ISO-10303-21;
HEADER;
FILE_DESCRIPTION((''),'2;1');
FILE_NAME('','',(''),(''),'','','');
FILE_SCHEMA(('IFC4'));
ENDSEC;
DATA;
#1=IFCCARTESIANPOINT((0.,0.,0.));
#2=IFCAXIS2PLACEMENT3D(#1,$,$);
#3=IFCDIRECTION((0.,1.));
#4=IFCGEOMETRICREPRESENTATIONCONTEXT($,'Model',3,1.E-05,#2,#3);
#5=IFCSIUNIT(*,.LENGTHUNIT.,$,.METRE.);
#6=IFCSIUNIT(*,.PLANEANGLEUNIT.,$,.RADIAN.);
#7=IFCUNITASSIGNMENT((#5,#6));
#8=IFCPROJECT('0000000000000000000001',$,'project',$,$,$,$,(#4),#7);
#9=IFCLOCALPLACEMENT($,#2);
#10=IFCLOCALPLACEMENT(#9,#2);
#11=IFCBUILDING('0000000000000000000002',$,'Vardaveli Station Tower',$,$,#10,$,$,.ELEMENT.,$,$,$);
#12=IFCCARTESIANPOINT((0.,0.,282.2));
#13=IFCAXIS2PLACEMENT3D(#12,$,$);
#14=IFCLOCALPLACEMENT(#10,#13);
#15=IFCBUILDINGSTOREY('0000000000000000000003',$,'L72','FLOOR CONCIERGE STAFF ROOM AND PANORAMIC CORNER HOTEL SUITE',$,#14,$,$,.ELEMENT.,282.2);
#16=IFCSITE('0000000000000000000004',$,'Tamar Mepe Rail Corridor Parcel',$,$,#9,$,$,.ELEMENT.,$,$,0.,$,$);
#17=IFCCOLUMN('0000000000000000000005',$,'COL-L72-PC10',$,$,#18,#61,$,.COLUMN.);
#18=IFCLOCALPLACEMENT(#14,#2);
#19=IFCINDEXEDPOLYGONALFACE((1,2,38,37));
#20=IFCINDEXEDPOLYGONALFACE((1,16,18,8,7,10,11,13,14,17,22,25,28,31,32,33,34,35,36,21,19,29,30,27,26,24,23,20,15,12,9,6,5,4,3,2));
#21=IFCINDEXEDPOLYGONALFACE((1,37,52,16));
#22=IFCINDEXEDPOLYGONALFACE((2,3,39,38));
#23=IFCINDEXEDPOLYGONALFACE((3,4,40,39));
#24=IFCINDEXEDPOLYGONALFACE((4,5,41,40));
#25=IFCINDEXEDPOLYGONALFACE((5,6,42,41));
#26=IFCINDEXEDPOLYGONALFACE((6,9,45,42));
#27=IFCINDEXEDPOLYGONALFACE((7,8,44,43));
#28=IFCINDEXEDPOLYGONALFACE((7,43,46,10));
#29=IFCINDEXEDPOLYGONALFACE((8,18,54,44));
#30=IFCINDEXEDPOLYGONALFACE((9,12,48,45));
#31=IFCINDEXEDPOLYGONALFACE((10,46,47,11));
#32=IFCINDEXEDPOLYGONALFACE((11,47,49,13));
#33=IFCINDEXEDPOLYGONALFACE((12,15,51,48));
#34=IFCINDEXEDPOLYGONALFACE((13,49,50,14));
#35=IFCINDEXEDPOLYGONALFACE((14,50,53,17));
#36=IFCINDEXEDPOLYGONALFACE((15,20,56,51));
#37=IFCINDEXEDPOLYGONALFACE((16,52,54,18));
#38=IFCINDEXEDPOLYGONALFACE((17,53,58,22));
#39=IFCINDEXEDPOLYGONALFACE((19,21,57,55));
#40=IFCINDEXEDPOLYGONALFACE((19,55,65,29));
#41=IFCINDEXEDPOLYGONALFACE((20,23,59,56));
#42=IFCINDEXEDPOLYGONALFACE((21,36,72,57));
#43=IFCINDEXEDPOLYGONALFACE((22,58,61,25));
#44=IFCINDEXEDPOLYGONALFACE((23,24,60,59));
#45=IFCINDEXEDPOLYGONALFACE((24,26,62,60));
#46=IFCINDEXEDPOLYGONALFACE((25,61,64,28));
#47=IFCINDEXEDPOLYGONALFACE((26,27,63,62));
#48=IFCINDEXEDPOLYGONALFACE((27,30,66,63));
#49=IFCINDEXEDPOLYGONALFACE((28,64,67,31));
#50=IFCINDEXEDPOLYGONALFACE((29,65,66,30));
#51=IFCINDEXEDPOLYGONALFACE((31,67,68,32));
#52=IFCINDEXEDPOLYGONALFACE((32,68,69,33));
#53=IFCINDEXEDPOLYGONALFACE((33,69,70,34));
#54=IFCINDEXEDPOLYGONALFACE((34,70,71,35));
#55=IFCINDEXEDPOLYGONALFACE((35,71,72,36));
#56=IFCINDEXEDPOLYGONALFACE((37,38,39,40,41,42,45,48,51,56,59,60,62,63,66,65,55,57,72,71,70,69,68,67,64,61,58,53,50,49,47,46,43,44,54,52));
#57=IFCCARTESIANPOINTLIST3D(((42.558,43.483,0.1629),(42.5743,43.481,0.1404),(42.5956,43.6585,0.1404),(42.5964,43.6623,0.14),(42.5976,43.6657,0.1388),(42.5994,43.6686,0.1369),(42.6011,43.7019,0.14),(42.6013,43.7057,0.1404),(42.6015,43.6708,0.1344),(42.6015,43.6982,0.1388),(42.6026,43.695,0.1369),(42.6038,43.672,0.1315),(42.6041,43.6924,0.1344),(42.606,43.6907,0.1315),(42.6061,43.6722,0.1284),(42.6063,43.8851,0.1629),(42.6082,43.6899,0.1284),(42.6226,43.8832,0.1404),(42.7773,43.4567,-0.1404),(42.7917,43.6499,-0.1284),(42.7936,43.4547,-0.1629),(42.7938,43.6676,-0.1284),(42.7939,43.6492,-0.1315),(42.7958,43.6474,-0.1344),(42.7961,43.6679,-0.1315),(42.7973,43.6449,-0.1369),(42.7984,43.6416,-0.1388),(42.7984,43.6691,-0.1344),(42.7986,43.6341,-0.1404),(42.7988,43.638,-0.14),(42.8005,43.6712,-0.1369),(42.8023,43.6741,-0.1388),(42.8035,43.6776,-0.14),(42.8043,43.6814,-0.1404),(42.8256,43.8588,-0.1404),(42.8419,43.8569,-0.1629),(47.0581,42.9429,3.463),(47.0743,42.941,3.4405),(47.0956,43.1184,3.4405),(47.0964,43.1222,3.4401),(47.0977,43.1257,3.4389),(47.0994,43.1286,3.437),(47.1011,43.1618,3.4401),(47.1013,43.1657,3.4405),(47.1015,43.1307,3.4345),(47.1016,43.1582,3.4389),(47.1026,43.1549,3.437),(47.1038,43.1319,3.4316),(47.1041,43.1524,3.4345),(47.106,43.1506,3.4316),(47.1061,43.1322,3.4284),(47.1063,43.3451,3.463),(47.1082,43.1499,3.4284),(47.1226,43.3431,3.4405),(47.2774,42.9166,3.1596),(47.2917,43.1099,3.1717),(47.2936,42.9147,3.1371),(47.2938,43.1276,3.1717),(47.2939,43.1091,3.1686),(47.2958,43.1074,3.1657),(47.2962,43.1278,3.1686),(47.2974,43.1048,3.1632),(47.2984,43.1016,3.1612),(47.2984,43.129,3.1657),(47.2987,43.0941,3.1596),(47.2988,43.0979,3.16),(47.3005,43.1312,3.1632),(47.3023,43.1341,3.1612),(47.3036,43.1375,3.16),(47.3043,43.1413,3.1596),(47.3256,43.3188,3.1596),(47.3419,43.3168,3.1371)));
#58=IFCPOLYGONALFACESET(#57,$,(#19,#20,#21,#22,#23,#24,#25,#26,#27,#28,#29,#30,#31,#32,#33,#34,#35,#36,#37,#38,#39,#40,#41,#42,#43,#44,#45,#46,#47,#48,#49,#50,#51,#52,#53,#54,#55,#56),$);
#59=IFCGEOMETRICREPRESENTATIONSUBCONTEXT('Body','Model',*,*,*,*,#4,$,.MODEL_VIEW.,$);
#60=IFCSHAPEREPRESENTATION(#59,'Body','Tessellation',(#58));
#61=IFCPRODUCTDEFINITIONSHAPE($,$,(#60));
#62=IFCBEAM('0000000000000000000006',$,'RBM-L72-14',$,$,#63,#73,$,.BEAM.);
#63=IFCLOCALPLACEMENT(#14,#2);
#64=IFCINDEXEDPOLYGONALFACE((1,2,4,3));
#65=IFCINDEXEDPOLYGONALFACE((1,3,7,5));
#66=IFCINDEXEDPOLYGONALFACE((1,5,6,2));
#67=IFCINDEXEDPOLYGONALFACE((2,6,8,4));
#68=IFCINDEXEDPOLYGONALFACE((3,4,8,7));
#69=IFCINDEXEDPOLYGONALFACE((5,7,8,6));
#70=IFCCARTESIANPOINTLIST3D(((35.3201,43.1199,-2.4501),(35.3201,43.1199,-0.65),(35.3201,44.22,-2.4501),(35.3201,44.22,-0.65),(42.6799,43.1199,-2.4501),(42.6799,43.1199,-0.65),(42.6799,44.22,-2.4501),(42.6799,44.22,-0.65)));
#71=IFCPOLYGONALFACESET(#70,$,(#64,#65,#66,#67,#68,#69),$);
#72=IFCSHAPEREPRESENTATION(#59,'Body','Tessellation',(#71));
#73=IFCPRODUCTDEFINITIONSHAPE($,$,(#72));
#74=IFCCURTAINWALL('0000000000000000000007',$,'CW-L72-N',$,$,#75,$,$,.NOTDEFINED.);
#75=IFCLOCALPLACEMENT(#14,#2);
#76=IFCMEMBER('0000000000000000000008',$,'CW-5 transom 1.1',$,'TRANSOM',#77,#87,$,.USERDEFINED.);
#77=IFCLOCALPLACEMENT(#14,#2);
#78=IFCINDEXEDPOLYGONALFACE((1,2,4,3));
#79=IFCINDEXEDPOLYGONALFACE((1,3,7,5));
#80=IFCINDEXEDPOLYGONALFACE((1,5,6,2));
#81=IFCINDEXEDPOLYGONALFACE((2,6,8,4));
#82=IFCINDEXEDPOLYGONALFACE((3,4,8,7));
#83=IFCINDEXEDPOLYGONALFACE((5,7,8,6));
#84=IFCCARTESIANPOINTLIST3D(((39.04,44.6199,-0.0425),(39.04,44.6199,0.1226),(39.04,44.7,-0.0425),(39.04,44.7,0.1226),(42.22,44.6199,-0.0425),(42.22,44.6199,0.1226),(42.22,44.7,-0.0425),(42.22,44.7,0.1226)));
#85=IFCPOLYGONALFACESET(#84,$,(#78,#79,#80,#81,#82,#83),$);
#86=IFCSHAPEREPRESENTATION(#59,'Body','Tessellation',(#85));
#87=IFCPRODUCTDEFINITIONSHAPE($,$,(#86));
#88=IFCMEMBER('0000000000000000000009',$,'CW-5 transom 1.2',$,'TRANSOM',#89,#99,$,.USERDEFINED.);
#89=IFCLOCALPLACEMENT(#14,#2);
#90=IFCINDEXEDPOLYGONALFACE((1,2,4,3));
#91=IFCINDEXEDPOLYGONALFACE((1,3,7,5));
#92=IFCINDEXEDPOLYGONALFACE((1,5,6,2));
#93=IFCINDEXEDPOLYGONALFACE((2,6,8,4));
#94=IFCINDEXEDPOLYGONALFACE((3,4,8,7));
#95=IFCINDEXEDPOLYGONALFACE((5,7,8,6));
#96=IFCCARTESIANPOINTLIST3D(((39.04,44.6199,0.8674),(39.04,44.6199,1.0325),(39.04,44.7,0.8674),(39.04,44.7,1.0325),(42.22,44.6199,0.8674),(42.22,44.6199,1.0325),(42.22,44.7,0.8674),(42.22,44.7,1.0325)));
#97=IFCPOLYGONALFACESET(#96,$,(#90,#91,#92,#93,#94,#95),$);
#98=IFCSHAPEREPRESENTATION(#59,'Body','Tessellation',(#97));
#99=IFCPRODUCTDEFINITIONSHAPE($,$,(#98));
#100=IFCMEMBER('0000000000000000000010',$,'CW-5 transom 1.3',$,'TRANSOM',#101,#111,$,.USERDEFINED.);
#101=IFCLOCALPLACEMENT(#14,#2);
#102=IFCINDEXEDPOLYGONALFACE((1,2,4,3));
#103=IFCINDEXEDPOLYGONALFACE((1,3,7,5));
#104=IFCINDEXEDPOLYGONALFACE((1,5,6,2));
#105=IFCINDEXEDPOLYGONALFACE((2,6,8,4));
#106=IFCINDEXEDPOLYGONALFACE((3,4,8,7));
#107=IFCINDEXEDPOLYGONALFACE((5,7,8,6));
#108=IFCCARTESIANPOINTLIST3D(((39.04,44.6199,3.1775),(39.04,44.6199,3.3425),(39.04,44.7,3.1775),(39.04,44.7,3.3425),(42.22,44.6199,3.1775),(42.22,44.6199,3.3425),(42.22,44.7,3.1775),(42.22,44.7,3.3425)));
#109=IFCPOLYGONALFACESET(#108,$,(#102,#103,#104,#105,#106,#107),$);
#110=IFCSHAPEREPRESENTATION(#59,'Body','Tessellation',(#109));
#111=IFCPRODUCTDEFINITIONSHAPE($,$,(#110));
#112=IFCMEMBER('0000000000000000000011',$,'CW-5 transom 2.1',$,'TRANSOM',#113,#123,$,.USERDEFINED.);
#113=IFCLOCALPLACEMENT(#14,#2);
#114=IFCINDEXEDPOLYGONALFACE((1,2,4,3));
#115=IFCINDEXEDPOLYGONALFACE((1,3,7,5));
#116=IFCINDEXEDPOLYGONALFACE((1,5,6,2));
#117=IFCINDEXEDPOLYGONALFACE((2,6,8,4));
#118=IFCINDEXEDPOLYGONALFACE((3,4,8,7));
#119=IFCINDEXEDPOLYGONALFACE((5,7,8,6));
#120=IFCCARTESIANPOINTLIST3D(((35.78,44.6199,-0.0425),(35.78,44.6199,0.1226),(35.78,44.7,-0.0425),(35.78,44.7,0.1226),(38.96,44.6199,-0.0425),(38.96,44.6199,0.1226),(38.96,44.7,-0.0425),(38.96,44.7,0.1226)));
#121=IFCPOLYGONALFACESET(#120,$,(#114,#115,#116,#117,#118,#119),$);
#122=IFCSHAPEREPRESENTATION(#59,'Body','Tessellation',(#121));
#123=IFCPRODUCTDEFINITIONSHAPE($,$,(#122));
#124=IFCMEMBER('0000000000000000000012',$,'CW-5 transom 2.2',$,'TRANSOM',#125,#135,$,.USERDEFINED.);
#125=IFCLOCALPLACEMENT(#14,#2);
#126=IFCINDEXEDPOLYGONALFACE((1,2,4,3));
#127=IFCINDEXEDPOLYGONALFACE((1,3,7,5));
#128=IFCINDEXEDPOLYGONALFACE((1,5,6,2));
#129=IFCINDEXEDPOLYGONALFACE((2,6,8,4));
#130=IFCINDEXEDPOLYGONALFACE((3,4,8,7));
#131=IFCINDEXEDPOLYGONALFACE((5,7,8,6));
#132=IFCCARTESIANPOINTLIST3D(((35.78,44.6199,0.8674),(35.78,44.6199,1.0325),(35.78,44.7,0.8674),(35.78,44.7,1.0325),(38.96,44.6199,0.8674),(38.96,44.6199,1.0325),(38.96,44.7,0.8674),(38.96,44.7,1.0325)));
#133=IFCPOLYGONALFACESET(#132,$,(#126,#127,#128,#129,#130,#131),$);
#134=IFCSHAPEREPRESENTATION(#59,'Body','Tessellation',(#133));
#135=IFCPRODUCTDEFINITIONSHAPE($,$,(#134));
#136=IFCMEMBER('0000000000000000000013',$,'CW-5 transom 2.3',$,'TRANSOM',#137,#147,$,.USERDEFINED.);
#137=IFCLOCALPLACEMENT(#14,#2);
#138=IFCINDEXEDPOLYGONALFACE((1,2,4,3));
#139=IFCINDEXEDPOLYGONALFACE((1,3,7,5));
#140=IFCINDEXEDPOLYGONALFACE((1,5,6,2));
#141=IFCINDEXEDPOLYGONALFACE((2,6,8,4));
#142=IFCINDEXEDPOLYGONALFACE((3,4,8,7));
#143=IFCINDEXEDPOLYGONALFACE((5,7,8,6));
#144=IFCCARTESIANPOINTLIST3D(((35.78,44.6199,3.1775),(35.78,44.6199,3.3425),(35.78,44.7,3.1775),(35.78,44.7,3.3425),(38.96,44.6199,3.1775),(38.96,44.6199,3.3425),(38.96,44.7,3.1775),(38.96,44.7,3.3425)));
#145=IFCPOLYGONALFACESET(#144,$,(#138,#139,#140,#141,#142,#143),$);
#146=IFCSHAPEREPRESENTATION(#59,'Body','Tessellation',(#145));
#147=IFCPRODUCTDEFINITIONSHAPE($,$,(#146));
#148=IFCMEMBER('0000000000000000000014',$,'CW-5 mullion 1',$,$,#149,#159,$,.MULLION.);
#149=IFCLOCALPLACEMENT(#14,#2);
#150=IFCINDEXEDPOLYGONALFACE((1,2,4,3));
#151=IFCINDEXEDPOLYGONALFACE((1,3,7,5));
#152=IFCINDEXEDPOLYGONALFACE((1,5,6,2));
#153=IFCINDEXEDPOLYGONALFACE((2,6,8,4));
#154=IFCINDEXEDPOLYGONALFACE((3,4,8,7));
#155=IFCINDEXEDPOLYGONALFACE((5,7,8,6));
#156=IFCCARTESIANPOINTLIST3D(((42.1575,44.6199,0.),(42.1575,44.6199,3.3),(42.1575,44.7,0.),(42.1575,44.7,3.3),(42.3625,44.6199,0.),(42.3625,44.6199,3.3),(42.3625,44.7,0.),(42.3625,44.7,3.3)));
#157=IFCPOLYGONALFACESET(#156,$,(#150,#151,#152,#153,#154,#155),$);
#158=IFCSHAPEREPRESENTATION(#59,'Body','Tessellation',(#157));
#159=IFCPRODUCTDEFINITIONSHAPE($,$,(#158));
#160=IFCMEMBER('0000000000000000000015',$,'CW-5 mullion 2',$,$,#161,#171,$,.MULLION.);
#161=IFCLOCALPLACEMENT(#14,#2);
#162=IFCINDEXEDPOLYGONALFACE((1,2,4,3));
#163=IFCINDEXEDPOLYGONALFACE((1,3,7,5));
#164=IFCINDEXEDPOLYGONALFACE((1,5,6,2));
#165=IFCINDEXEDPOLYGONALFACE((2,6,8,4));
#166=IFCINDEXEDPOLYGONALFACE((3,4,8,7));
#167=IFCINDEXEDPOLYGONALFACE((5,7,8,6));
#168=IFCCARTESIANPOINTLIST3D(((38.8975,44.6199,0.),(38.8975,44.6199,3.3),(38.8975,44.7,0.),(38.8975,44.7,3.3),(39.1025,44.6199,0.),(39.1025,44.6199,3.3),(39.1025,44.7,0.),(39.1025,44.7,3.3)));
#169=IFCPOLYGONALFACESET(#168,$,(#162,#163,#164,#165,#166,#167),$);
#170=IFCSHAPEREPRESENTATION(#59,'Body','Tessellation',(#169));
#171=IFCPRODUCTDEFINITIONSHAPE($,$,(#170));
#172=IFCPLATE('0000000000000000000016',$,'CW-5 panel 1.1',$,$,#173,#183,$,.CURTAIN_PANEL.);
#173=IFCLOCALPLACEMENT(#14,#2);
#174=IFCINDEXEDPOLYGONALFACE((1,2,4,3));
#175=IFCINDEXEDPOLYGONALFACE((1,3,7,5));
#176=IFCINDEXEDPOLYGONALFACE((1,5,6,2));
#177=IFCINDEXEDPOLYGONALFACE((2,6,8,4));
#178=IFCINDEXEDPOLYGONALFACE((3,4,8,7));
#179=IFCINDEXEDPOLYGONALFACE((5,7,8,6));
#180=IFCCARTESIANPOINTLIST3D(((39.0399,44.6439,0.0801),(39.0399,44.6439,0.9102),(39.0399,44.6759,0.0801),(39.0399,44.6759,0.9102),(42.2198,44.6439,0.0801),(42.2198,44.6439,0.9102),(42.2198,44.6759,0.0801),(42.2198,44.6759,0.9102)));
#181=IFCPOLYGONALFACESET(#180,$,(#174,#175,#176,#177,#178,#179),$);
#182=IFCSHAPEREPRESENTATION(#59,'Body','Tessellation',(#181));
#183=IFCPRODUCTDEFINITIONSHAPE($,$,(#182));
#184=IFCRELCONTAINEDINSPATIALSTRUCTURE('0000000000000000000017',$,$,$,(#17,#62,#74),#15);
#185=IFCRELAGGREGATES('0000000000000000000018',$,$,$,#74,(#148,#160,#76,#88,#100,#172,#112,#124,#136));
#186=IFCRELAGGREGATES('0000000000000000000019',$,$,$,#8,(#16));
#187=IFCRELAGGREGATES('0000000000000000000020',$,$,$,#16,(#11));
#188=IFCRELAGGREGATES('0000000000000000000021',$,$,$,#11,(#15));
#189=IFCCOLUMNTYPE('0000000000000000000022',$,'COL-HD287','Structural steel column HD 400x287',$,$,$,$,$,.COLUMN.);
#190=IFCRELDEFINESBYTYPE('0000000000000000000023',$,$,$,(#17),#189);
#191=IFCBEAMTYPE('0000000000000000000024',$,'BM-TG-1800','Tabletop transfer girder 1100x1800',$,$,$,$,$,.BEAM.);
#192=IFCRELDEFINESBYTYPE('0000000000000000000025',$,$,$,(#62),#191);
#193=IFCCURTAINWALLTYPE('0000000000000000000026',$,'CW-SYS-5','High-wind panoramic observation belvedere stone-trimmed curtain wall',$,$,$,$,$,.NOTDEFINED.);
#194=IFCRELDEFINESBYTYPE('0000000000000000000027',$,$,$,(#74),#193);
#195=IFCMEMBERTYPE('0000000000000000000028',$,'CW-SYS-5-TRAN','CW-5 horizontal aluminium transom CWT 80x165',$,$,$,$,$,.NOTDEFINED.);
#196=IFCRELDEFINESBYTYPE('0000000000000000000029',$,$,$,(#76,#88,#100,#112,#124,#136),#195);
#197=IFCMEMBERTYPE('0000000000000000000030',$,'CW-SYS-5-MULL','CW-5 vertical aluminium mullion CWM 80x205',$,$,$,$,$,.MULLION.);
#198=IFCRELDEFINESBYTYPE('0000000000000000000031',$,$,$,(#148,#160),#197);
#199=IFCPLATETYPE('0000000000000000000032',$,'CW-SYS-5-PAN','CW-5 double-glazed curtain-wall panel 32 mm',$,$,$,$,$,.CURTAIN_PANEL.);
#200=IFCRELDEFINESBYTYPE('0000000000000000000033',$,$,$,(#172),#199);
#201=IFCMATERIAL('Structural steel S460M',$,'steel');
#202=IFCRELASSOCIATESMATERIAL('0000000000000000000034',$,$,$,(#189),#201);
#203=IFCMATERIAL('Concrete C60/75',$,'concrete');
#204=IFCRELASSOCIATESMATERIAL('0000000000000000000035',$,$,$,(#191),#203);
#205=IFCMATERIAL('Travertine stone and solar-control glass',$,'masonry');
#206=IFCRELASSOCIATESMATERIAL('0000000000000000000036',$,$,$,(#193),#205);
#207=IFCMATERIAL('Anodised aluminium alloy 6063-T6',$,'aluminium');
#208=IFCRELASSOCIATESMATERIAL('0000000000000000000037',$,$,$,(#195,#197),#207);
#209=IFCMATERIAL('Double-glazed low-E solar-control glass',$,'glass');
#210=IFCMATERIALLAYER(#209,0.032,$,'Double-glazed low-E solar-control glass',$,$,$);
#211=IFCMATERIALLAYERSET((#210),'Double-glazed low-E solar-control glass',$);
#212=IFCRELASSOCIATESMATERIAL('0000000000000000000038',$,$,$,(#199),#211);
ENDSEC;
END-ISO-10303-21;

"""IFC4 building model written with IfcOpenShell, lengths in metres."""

from ifc_helpers import new_model, si_unit, direction, frame, origin, origin_2d, place, context, subcontext, project, spatial, rectangle, i_section, extrude, source, transform, mapped, material, layer, layer_set, material_profile, profile_set, type_object, element, aggregate, save


model = new_model("IFC4")

# Units and contexts
model_context = context("Model", 3, precision=1e-05, world=origin(), true_north=direction((0.0, 1.0)))
body_context = subcontext(model_context, "Body", "Model", "MODEL_VIEW")
ifc_project = project(units=[si_unit("LENGTHUNIT", "METRE"), si_unit("PLANEANGLEUNIT", "RADIAN")], contexts=[model_context])

# Site, building, storey
site_placement = place(None, origin())
site = spatial("IfcSite", under=ifc_project, at=site_placement, Name="Tamar Mepe Rail Corridor Parcel", CompositionType="ELEMENT", RefElevation=0.0)
building_placement = place(site_placement, origin())
building = spatial("IfcBuilding", under=site, at=building_placement, Name="Vardaveli Station Tower", CompositionType="ELEMENT")
storey_placement = place(building_placement, frame((0.0, 0.0, 282.2)))
storey = spatial("IfcBuildingStorey", under=building, at=storey_placement, Name="L72", Description="FLOOR CONCIERGE STAFF ROOM AND PANORAMIC CORNER HOTEL SUITE", CompositionType="ELEMENT", Elevation=282.2)

# Column
ifc_material_1 = material(Name="Structural steel S460M", Category="steel")
ifc_material_profile_1 = material_profile(ifc_material_1, i_section(OverallWidth=0.405, OverallDepth=0.4031, WebThickness=0.0178, FlangeThickness=0.0278, FilletRadius=0.0149, at=origin_2d()), Name="HD 400x287")
ifc_profile_set_1 = profile_set([ifc_material_profile_1], Name="Structural steel S460M")
column_type = type_object("IfcColumnType", Name="COL-HD287", Description="Structural steel column HD 400x287", PredefinedType="COLUMN", material=ifc_profile_set_1)
shared_shape_1 = source(origin(), body_context, "Body", "SweptSolid", [
    extrude(i_section(OverallWidth=0.405, OverallDepth=0.4031, WebThickness=0.0178, FlangeThickness=0.0278, FilletRadius=0.0149, at=origin_2d()), origin(), (0.0, 0.0, 1.0), 5.6064),
])
column_placement = place(storey_placement, frame((42.7, 43.6699, 0.0), z_axis=(0.802651, -0.096325, 0.588619), x_axis=(0.119154, 0.992876, 0.0)))
element("IfcColumn", 1, at=column_placement, inside=storey, type_object=column_type, Name="COL-L72-PC10", PredefinedType="COLUMN", context=body_context, shape_type="MappedRepresentation", body=[
    mapped(shared_shape_1, transform((0.0, 0.0, 0.0), scale=1.0)),
])

# Beam
ifc_material_2 = material(Name="Concrete C60/75", Category="concrete")
ifc_material_profile_2 = material_profile(ifc_material_2, rectangle(XDim=1.1001, YDim=1.8, at=origin_2d()), Name="TG 1100x1800")
ifc_profile_set_2 = profile_set([ifc_material_profile_2], Name="Concrete C60/75")
beam_type = type_object("IfcBeamType", Name="BM-TG-1800", Description="Tabletop transfer girder 1100x1800", PredefinedType="BEAM", material=ifc_profile_set_2)
shared_shape_2 = source(origin(), body_context, "Body", "SweptSolid", [
    extrude(rectangle(XDim=1.1001, YDim=1.8, at=origin_2d()), origin(), (0.0, 0.0, 1.0), 7.3599),
])
beam_placement = place(storey_placement, frame((42.6799, 43.6699, -1.55), z_axis=(-1.0, 0.0, 0.0), x_axis=(0.0, -1.0, 0.0)))
element("IfcBeam", 2, at=beam_placement, inside=storey, type_object=beam_type, Name="RBM-L72-14", PredefinedType="BEAM", context=body_context, shape_type="MappedRepresentation", body=[
    mapped(shared_shape_2, transform((0.0, 0.0, 0.0), scale=1.0)),
])

# Curtain wall, members, plate
ifc_material_3 = material(Name="Travertine stone and solar-control glass", Category="masonry")
curtain_wall_type = type_object("IfcCurtainWallType", Name="CW-SYS-5", Description="High-wind panoramic observation belvedere stone-trimmed curtain wall", PredefinedType="NOTDEFINED", material=ifc_material_3)
curtain_wall_placement = place(storey_placement, origin())
curtain_wall = element("IfcCurtainWall", 3, at=curtain_wall_placement, inside=storey, type_object=curtain_wall_type, Name="CW-L72-N", PredefinedType="NOTDEFINED")
ifc_material_4 = material(Name="Anodised aluminium alloy 6063-T6", Category="aluminium")
ifc_material_profile_3 = material_profile(ifc_material_4, rectangle(XDim=0.0801, YDim=0.165, at=origin_2d()), Name="CWT 80x165")
ifc_profile_set_3 = profile_set([ifc_material_profile_3], Name="Anodised aluminium alloy 6063-T6")
member_type_1 = type_object("IfcMemberType", Name="CW-SYS-5-TRAN", Description="CW-5 horizontal aluminium transom CWT 80x165", PredefinedType="NOTDEFINED", material=ifc_profile_set_3)
shared_shape_3 = source(origin(), body_context, "Body", "SweptSolid", [
    extrude(rectangle(XDim=0.0801, YDim=0.165, at=origin_2d()), origin(), (0.0, 0.0, 1.0), 3.1799),
])
member_1_placement = place(storey_placement, frame((42.22, 44.6599, 0.04), z_axis=(-1.0, 0.0, 0.0), x_axis=(0.0, -1.0, 0.0)))
member_1 = element("IfcMember", 4, at=member_1_placement, type_object=member_type_1, Name="CW-5 transom 1.1", ObjectType="TRANSOM", PredefinedType="USERDEFINED", context=body_context, shape_type="MappedRepresentation", body=[
    mapped(shared_shape_3, transform((0.0, 0.0, 0.0), scale=1.0)),
])
member_2_placement = place(storey_placement, frame((42.22, 44.6599, 0.95), z_axis=(-1.0, 0.0, 0.0), x_axis=(0.0, -1.0, 0.0)))
member_2 = element("IfcMember", 5, at=member_2_placement, type_object=member_type_1, Name="CW-5 transom 1.2", ObjectType="TRANSOM", PredefinedType="USERDEFINED", context=body_context, shape_type="MappedRepresentation", body=[
    mapped(shared_shape_3, transform((0.0, 0.0, 0.0), scale=1.0)),
])
member_3_placement = place(storey_placement, frame((42.22, 44.6599, 3.26), z_axis=(-1.0, 0.0, 0.0), x_axis=(0.0, -1.0, 0.0)))
member_3 = element("IfcMember", 6, at=member_3_placement, type_object=member_type_1, Name="CW-5 transom 1.3", ObjectType="TRANSOM", PredefinedType="USERDEFINED", context=body_context, shape_type="MappedRepresentation", body=[
    mapped(shared_shape_3, transform((0.0, 0.0, 0.0), scale=1.0)),
])
member_4_placement = place(storey_placement, frame((38.96, 44.6599, 0.04), z_axis=(-1.0, 0.0, 0.0), x_axis=(0.0, -1.0, 0.0)))
member_4 = element("IfcMember", 7, at=member_4_placement, type_object=member_type_1, Name="CW-5 transom 2.1", ObjectType="TRANSOM", PredefinedType="USERDEFINED", context=body_context, shape_type="MappedRepresentation", body=[
    mapped(shared_shape_3, transform((0.0, 0.0, 0.0), scale=1.0)),
])
member_5_placement = place(storey_placement, frame((38.96, 44.6599, 0.95), z_axis=(-1.0, 0.0, 0.0), x_axis=(0.0, -1.0, 0.0)))
member_5 = element("IfcMember", 8, at=member_5_placement, type_object=member_type_1, Name="CW-5 transom 2.2", ObjectType="TRANSOM", PredefinedType="USERDEFINED", context=body_context, shape_type="MappedRepresentation", body=[
    mapped(shared_shape_3, transform((0.0, 0.0, 0.0), scale=1.0)),
])
member_6_placement = place(storey_placement, frame((38.96, 44.6599, 3.26), z_axis=(-1.0, 0.0, 0.0), x_axis=(0.0, -1.0, 0.0)))
member_6 = element("IfcMember", 9, at=member_6_placement, type_object=member_type_1, Name="CW-5 transom 2.3", ObjectType="TRANSOM", PredefinedType="USERDEFINED", context=body_context, shape_type="MappedRepresentation", body=[
    mapped(shared_shape_3, transform((0.0, 0.0, 0.0), scale=1.0)),
])
ifc_material_profile_4 = material_profile(ifc_material_4, rectangle(XDim=0.0801, YDim=0.2051, at=origin_2d()), Name="CWM 80x205")
ifc_profile_set_4 = profile_set([ifc_material_profile_4], Name="Anodised aluminium alloy 6063-T6")
member_type_2 = type_object("IfcMemberType", Name="CW-SYS-5-MULL", Description="CW-5 vertical aluminium mullion CWM 80x205", PredefinedType="MULLION", material=ifc_profile_set_4)
shared_shape_4 = source(origin(), body_context, "Body", "SweptSolid", [
    extrude(rectangle(XDim=0.0801, YDim=0.2051, at=origin_2d()), origin(), (0.0, 0.0, 1.0), 3.3),
])
member_7_placement = place(storey_placement, frame((42.26, 44.6599, 0.0), z_axis=(0.0, 0.0, 1.0), x_axis=(0.0, -1.0, 0.0)))
member_7 = element("IfcMember", 10, at=member_7_placement, type_object=member_type_2, Name="CW-5 mullion 1", PredefinedType="MULLION", context=body_context, shape_type="MappedRepresentation", body=[
    mapped(shared_shape_4, transform((0.0, 0.0, 0.0), scale=1.0)),
])
member_8_placement = place(storey_placement, frame((39.0, 44.6599, 0.0), z_axis=(0.0, 0.0, 1.0), x_axis=(0.0, -1.0, 0.0)))
member_8 = element("IfcMember", 11, at=member_8_placement, type_object=member_type_2, Name="CW-5 mullion 2", PredefinedType="MULLION", context=body_context, shape_type="MappedRepresentation", body=[
    mapped(shared_shape_4, transform((0.0, 0.0, 0.0), scale=1.0)),
])
ifc_material_5 = material(Name="Double-glazed low-E solar-control glass", Category="glass")
ifc_layer_1 = layer(ifc_material_5, 0.032, Name="Double-glazed low-E solar-control glass")
ifc_layer_set_1 = layer_set([ifc_layer_1], Name="Double-glazed low-E solar-control glass")
plate_type = type_object("IfcPlateType", Name="CW-SYS-5-PAN", Description="CW-5 double-glazed curtain-wall panel 32 mm", PredefinedType="CURTAIN_PANEL", material=ifc_layer_set_1)
shared_shape_5 = source(origin(), body_context, "Body", "SweptSolid", [
    extrude(rectangle(XDim=3.1799, YDim=0.032, at=origin_2d()), origin(), (0.0, 0.0, 1.0), 0.8301),
])
plate_1_placement = place(storey_placement, frame((40.6299, 44.6599, 0.0801), z_axis=(0.0, 0.0, 1.0), x_axis=(-1.0, 0.0, 0.0)))
plate_1 = element("IfcPlate", 12, at=plate_1_placement, type_object=plate_type, Name="CW-5 panel 1.1", PredefinedType="CURTAIN_PANEL", context=body_context, shape_type="MappedRepresentation", body=[
    mapped(shared_shape_5, transform((0.0, 0.0, 0.0), scale=1.0)),
])
aggregate(curtain_wall, [member_7, member_8, member_1, member_2, member_3, plate_1, member_4, member_5, member_6])

save(model, "model.ifc")
